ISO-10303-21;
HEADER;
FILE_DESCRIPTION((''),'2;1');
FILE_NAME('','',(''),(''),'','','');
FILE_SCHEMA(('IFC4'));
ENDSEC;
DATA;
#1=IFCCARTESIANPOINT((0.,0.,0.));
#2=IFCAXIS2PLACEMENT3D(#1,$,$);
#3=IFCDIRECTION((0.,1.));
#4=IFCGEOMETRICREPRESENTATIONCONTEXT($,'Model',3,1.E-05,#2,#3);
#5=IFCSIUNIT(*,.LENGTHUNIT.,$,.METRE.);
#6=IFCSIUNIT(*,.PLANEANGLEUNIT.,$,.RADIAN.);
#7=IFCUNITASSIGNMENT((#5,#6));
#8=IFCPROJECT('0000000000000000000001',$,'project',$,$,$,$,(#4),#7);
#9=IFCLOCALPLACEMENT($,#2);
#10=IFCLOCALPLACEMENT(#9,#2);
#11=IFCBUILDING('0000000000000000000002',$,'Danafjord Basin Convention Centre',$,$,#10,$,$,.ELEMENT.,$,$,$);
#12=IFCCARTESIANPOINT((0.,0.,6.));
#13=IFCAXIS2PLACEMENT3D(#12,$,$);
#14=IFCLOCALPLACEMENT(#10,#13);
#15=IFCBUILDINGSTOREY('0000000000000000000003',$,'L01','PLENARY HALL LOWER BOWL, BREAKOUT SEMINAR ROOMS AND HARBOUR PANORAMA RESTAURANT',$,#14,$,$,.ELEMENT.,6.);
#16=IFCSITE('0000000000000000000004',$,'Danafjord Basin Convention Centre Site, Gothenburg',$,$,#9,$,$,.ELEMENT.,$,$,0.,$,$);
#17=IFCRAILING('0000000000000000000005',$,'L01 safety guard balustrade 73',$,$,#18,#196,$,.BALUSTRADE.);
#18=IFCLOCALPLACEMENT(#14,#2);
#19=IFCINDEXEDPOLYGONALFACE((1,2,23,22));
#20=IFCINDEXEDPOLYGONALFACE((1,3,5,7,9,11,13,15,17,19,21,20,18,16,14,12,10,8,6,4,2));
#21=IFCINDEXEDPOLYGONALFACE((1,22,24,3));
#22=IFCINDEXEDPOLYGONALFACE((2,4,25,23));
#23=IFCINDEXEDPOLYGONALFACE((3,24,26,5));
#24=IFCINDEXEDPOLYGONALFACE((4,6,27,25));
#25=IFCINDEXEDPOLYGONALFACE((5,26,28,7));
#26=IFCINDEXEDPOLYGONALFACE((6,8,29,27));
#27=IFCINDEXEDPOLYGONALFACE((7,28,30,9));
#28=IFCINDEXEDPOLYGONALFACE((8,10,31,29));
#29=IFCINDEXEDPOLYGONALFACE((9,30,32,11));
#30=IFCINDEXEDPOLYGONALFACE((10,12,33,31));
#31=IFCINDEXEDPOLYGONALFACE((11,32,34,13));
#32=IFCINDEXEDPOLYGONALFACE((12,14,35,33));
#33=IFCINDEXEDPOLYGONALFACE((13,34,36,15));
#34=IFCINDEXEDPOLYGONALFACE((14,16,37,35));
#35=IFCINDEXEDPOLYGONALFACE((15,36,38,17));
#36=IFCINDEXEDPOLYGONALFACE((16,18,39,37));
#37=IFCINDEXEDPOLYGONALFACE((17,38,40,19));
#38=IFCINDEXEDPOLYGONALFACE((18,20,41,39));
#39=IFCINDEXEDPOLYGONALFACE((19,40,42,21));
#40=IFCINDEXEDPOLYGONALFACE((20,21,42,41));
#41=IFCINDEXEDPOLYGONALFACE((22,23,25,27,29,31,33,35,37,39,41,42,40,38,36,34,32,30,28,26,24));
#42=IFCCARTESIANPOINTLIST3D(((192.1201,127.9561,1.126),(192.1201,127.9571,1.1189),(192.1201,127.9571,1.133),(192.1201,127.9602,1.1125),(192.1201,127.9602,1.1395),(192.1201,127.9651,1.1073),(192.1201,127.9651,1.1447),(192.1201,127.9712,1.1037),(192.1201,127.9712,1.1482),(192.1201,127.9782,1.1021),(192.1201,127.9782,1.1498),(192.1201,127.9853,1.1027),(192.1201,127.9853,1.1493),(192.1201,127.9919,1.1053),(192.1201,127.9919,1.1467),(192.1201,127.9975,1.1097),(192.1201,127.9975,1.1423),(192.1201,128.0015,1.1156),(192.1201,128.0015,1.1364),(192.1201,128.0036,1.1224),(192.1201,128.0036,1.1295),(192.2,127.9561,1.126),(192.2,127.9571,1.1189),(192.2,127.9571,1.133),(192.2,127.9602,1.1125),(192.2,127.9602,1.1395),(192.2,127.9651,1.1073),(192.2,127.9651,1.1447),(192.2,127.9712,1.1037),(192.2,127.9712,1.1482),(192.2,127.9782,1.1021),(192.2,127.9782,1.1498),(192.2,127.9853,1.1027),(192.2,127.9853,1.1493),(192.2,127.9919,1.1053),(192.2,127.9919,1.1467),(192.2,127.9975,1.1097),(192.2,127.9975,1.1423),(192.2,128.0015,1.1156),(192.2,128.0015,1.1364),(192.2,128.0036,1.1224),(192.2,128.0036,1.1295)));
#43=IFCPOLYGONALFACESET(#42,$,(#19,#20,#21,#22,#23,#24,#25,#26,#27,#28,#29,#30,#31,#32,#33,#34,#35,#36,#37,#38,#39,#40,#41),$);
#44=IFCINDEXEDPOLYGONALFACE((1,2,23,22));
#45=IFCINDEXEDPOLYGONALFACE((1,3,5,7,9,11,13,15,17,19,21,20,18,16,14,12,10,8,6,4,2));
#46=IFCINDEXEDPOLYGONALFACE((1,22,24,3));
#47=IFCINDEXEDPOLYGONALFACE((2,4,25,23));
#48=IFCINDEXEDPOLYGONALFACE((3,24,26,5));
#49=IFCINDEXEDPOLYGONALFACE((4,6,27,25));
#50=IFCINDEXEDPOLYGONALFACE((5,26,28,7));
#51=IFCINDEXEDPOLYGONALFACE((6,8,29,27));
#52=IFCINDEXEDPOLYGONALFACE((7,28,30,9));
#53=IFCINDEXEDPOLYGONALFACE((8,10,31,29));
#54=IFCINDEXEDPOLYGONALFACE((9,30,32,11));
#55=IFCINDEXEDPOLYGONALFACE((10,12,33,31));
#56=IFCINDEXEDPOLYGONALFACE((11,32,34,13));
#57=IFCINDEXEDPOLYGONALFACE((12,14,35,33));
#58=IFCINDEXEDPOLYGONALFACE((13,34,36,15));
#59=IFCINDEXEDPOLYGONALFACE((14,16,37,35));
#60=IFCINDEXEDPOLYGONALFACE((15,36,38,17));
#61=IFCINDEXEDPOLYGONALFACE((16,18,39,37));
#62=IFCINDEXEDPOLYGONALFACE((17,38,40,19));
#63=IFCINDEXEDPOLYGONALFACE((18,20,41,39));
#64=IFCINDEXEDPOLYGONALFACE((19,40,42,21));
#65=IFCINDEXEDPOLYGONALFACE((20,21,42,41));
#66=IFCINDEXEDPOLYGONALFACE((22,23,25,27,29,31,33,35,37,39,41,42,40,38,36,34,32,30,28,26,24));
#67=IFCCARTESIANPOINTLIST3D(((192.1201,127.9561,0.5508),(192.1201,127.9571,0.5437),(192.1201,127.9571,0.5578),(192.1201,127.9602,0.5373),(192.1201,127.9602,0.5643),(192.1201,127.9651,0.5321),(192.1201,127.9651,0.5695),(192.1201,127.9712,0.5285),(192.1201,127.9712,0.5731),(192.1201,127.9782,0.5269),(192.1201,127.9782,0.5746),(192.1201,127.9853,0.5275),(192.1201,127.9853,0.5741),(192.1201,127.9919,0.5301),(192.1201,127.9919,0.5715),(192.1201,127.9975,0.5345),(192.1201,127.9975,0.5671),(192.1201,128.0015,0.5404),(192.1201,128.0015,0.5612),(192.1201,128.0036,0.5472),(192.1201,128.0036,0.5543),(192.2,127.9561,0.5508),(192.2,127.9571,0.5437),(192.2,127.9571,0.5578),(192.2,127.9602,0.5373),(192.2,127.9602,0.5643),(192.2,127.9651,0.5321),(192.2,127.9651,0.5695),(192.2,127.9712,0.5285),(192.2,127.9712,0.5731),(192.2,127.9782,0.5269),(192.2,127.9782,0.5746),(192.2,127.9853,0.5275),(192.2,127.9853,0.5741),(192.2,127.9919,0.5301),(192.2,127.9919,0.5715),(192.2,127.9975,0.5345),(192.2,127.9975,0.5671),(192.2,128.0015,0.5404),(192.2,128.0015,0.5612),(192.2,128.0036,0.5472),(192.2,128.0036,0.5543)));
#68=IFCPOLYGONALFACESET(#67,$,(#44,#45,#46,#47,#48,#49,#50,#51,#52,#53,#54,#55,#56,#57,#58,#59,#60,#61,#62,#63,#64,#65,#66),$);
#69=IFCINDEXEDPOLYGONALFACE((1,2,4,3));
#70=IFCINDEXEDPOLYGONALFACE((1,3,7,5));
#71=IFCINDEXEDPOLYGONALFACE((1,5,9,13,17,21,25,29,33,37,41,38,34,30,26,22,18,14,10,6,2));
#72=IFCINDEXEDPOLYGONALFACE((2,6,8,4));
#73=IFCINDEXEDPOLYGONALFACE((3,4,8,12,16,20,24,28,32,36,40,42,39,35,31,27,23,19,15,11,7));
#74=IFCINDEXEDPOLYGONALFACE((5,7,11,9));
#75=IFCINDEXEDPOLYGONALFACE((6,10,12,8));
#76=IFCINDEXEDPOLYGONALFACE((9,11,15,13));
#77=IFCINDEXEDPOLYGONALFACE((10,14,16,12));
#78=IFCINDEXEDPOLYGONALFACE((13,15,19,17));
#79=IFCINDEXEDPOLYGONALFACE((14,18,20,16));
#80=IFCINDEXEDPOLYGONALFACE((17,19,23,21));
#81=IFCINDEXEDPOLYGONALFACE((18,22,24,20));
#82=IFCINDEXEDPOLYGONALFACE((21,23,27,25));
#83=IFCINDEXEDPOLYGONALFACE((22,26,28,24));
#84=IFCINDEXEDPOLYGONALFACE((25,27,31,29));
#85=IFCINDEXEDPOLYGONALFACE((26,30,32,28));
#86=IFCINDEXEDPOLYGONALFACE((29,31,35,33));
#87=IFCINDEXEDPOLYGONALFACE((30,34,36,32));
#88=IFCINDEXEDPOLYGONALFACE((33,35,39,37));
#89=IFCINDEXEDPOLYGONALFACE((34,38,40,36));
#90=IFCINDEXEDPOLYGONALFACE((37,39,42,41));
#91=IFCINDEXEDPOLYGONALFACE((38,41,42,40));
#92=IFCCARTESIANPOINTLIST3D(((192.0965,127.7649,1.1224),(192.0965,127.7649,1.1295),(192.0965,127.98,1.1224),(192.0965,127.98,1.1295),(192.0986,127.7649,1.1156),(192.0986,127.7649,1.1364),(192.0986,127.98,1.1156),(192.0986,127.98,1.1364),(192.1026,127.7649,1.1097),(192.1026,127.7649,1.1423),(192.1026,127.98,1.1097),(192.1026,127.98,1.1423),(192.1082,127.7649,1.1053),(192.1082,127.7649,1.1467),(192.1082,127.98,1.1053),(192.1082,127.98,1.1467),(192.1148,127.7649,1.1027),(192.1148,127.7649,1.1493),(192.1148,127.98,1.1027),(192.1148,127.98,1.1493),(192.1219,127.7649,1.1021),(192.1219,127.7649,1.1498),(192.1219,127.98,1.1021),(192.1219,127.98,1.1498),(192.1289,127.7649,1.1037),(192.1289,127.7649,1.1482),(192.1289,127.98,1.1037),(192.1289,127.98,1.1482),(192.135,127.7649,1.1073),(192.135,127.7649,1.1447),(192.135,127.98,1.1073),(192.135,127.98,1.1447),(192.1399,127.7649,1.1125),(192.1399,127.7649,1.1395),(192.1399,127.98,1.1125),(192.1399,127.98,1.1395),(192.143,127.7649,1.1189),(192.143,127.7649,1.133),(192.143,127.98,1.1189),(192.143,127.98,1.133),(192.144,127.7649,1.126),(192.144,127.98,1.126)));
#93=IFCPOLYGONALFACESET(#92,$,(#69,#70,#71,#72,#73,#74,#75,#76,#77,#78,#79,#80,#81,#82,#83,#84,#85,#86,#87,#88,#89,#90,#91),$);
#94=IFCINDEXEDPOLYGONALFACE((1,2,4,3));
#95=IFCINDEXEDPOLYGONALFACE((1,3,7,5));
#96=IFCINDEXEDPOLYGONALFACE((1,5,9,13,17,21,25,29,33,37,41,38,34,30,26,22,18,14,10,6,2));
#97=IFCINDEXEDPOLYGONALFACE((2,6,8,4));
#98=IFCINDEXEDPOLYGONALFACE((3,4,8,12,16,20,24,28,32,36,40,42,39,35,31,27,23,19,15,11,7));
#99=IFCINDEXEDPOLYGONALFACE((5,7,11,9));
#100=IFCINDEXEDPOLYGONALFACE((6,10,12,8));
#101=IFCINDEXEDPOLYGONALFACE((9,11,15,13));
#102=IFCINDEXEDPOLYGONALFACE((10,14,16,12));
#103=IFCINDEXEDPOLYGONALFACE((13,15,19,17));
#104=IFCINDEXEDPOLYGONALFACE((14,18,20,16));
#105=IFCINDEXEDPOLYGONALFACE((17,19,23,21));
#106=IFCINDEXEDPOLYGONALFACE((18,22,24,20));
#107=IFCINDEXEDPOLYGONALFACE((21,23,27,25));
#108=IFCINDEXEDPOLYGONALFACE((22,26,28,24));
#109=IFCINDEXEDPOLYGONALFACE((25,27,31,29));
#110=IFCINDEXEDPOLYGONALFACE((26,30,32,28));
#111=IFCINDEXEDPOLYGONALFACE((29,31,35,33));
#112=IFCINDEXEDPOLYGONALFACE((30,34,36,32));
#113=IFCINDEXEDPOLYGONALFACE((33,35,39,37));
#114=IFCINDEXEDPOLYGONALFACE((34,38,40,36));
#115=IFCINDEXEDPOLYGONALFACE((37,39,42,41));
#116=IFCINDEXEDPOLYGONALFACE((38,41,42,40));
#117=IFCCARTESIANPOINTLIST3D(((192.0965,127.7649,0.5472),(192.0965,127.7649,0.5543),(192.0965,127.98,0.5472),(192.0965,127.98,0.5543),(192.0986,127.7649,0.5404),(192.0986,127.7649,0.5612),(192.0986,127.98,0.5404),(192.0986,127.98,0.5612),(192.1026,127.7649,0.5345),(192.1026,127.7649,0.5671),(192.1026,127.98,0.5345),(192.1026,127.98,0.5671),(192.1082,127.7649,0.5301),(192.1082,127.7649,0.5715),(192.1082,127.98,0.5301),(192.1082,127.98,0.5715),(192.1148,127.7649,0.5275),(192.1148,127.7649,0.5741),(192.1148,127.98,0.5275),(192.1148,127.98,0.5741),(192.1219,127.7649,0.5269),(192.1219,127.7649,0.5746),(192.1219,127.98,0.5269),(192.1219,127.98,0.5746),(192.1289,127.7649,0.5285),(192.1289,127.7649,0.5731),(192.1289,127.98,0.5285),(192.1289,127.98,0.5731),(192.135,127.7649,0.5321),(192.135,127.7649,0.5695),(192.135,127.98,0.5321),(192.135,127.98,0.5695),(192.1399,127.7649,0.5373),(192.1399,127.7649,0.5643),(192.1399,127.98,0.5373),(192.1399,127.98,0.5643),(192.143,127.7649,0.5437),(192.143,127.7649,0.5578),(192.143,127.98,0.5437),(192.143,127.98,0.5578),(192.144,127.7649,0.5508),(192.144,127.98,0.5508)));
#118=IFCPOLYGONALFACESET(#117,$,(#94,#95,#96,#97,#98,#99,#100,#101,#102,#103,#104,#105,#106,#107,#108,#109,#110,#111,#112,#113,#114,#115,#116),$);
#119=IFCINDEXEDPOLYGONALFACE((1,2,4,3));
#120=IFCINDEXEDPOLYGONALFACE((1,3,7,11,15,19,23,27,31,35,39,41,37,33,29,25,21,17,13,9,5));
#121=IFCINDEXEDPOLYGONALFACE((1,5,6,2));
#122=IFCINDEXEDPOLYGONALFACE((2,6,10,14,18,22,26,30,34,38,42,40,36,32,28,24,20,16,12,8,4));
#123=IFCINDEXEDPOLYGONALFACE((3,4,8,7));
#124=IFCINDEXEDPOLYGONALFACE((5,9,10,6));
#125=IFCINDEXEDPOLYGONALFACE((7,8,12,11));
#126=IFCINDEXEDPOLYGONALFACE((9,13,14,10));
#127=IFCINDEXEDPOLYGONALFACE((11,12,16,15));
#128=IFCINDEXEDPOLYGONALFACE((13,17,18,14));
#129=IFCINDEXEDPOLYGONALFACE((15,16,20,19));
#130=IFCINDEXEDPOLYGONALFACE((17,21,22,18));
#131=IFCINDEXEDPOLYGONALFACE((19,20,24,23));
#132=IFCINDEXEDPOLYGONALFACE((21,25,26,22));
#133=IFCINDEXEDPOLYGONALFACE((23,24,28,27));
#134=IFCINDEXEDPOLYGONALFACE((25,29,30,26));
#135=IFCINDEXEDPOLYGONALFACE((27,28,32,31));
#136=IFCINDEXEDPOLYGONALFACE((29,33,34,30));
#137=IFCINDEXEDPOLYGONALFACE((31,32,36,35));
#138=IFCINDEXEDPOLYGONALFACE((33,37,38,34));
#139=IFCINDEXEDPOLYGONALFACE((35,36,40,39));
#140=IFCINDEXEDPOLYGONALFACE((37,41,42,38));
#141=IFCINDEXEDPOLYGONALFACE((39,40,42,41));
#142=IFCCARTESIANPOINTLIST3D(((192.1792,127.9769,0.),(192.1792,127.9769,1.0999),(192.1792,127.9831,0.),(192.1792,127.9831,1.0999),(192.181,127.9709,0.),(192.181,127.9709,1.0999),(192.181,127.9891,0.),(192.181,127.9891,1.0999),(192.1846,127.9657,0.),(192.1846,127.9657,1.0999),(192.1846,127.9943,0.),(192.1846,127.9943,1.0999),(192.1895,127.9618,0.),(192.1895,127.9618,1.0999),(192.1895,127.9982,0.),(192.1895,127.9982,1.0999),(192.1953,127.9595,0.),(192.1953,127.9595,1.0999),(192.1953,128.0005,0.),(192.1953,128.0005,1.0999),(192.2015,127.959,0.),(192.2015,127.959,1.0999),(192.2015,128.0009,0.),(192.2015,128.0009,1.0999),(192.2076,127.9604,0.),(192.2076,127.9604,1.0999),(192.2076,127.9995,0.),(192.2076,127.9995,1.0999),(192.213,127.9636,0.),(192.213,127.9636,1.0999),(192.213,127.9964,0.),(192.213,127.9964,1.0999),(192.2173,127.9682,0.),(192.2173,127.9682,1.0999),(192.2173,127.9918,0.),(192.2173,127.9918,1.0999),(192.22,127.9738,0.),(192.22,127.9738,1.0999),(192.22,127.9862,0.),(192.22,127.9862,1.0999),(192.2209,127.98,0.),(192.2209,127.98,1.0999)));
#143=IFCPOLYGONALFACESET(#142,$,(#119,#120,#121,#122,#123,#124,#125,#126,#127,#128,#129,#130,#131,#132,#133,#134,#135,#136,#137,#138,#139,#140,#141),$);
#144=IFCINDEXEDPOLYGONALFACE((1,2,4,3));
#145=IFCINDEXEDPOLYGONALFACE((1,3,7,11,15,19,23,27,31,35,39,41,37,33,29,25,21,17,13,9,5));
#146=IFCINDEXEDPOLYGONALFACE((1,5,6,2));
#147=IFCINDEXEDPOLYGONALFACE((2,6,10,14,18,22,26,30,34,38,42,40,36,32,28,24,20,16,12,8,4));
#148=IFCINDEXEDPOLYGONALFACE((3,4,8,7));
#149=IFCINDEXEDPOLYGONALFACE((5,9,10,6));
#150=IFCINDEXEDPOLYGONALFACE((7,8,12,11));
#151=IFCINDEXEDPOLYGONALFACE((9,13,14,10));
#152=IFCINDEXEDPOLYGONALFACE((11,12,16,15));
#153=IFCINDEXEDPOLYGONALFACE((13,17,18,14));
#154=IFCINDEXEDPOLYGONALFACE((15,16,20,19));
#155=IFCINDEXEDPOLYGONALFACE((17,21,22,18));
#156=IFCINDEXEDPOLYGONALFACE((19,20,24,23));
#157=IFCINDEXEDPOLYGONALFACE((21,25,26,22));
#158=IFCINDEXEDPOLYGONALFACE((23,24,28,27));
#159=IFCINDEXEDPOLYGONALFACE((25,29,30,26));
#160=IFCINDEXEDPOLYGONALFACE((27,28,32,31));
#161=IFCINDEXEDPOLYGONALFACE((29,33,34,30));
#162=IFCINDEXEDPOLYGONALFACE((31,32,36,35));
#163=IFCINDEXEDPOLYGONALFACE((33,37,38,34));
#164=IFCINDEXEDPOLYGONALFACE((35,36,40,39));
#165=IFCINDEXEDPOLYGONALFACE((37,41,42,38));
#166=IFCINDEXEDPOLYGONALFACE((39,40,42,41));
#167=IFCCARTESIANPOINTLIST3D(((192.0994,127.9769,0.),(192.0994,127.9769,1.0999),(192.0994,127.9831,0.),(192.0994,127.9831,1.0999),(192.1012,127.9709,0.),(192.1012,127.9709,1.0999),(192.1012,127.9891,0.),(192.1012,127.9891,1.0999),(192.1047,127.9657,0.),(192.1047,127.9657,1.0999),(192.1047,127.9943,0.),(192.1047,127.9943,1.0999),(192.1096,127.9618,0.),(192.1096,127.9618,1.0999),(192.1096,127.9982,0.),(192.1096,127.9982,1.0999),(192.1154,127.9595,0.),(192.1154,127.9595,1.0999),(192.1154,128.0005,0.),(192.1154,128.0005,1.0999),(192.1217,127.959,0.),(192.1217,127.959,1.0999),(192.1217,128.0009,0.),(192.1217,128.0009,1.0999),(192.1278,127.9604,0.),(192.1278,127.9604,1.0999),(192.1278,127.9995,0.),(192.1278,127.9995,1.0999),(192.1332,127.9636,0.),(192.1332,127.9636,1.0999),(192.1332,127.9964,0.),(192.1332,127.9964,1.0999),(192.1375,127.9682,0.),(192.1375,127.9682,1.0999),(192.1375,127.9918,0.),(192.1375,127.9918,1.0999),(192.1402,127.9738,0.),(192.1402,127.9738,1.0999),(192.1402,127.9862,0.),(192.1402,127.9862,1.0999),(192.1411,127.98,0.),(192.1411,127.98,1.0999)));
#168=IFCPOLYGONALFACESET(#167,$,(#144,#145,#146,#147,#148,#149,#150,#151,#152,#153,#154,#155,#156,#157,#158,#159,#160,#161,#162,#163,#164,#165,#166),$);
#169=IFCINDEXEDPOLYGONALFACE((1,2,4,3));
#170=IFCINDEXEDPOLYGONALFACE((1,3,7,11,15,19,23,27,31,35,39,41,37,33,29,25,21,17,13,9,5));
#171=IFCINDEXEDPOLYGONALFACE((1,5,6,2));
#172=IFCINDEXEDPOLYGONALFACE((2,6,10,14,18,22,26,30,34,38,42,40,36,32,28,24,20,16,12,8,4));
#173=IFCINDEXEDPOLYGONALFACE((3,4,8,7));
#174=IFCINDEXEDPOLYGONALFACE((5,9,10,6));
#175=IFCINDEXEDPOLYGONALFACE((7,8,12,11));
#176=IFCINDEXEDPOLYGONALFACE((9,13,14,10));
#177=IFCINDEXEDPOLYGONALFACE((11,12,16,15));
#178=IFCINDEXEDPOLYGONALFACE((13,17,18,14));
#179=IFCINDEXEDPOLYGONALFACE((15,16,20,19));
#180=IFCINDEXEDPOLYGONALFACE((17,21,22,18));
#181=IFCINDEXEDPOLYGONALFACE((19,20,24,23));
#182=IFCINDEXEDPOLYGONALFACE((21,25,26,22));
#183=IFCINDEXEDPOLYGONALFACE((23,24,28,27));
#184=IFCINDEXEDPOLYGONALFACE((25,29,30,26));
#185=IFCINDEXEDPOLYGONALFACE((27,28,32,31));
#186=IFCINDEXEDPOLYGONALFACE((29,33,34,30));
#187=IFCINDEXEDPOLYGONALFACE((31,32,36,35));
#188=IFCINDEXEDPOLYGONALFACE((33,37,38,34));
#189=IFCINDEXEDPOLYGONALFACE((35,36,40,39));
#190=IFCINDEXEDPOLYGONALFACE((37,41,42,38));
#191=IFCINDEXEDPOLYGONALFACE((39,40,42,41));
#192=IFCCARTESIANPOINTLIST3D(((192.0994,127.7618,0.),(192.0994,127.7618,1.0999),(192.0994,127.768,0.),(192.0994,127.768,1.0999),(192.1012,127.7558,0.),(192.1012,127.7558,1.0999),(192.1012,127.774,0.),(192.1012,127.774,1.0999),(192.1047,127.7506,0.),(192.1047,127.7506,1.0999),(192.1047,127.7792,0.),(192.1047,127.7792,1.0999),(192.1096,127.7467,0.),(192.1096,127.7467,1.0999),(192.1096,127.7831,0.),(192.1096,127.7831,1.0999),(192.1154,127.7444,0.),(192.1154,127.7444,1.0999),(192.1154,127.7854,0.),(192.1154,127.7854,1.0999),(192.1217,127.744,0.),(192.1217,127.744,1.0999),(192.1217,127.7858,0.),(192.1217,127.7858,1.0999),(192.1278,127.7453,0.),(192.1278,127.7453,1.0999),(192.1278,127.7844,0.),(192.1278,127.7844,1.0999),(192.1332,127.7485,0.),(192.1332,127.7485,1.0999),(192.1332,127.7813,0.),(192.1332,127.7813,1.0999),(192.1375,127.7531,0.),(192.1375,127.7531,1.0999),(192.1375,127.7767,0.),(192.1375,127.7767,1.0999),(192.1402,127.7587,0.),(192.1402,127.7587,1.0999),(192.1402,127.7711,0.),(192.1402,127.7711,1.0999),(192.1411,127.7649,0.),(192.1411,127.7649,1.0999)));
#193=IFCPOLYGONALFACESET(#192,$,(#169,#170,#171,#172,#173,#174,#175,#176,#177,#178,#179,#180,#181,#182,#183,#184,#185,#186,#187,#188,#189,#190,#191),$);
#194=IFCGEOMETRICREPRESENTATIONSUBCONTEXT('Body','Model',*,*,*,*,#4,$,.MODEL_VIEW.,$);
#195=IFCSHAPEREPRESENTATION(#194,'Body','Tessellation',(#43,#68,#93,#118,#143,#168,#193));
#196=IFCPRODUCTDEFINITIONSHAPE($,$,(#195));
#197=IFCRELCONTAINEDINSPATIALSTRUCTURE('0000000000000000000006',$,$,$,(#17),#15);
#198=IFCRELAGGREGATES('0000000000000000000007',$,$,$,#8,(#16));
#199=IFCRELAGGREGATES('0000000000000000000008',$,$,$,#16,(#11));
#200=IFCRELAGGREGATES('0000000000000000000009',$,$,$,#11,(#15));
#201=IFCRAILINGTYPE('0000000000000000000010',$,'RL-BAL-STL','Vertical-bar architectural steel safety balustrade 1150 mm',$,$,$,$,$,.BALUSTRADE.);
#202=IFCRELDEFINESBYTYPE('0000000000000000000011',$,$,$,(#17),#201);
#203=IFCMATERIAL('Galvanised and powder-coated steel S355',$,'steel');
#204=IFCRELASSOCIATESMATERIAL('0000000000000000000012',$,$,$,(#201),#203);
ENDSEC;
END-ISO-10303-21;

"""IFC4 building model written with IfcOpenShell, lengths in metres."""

from ifc_helpers import new_model, si_unit, direction, frame, origin, origin_2d, place, context, subcontext, project, spatial, circle, extrude, material, type_object, element, save


model = new_model("IFC4")

# Units and contexts
model_context = context("Model", 3, precision=1e-05, world=origin(), true_north=direction((0.0, 1.0)))
body_context = subcontext(model_context, "Body", "Model", "MODEL_VIEW")
ifc_project = project(units=[si_unit("LENGTHUNIT", "METRE"), si_unit("PLANEANGLEUNIT", "RADIAN")], contexts=[model_context])

# Site, building, storey
site_placement = place(None, origin())
site = spatial("IfcSite", under=ifc_project, at=site_placement, Name="Danafjord Basin Convention Centre Site, Gothenburg", CompositionType="ELEMENT", RefElevation=0.0)
building_placement = place(site_placement, origin())
building = spatial("IfcBuilding", under=site, at=building_placement, Name="Danafjord Basin Convention Centre", CompositionType="ELEMENT")
storey_placement = place(building_placement, frame((0.0, 0.0, 6.0)))
storey = spatial("IfcBuildingStorey", under=building, at=storey_placement, Name="L01", Description="PLENARY HALL LOWER BOWL, BREAKOUT SEMINAR ROOMS AND HARBOUR PANORAMA RESTAURANT", CompositionType="ELEMENT", Elevation=6.0)

# Railing
ifc_material_1 = material(Name="Galvanised and powder-coated steel S355", Category="steel")
railing_type_1 = type_object("IfcRailingType", Name="RL-BAL-STL", Description="Vertical-bar architectural steel safety balustrade 1150 mm", PredefinedType="BALUSTRADE", material=ifc_material_1)
railing_1_placement = place(storey_placement, frame((192.2, 127.98, 0.0)))
element("IfcRailing", 1, at=railing_1_placement, inside=storey, type_object=railing_type_1, Name="L01 safety guard balustrade 73", PredefinedType="BALUSTRADE", context=body_context, shape_type="SweptSolid", body=[
    extrude(circle(Radius=0.0239, at=origin_2d()), frame((0.0, 0.0, 1.126), z_axis=(-1.0, 0.0, 0.0), x_axis=(0.0, -1.0, 0.0)), (0.0, 0.0, 1.0), 0.0798),
    extrude(circle(Radius=0.0239, at=origin_2d()), frame((0.0, 0.0, 0.5508), z_axis=(-1.0, 0.0, 0.0), x_axis=(0.0, -1.0, 0.0)), (0.0, 0.0, 1.0), 0.0798),
    extrude(circle(Radius=0.0239, at=origin_2d()), frame((-0.0798, 0.0, 1.126), z_axis=(0.0, -1.0, 0.0), x_axis=(1.0, 0.0, 0.0)), (0.0, 0.0, 1.0), 0.2151),
    extrude(circle(Radius=0.0239, at=origin_2d()), frame((-0.0798, 0.0, 0.5508), z_axis=(0.0, -1.0, 0.0), x_axis=(1.0, 0.0, 0.0)), (0.0, 0.0, 1.0), 0.2151),
    extrude(circle(Radius=0.021, at=origin_2d()), origin(), (0.0, 0.0, 1.0), 1.0999),
    extrude(circle(Radius=0.021, at=origin_2d()), frame((-0.0798, 0.0, 0.0)), (0.0, 0.0, 1.0), 1.0999),
    extrude(circle(Radius=0.021, at=origin_2d()), frame((-0.0798, -0.2151, 0.0)), (0.0, 0.0, 1.0), 1.0999),
])

save(model, "model.ifc")
